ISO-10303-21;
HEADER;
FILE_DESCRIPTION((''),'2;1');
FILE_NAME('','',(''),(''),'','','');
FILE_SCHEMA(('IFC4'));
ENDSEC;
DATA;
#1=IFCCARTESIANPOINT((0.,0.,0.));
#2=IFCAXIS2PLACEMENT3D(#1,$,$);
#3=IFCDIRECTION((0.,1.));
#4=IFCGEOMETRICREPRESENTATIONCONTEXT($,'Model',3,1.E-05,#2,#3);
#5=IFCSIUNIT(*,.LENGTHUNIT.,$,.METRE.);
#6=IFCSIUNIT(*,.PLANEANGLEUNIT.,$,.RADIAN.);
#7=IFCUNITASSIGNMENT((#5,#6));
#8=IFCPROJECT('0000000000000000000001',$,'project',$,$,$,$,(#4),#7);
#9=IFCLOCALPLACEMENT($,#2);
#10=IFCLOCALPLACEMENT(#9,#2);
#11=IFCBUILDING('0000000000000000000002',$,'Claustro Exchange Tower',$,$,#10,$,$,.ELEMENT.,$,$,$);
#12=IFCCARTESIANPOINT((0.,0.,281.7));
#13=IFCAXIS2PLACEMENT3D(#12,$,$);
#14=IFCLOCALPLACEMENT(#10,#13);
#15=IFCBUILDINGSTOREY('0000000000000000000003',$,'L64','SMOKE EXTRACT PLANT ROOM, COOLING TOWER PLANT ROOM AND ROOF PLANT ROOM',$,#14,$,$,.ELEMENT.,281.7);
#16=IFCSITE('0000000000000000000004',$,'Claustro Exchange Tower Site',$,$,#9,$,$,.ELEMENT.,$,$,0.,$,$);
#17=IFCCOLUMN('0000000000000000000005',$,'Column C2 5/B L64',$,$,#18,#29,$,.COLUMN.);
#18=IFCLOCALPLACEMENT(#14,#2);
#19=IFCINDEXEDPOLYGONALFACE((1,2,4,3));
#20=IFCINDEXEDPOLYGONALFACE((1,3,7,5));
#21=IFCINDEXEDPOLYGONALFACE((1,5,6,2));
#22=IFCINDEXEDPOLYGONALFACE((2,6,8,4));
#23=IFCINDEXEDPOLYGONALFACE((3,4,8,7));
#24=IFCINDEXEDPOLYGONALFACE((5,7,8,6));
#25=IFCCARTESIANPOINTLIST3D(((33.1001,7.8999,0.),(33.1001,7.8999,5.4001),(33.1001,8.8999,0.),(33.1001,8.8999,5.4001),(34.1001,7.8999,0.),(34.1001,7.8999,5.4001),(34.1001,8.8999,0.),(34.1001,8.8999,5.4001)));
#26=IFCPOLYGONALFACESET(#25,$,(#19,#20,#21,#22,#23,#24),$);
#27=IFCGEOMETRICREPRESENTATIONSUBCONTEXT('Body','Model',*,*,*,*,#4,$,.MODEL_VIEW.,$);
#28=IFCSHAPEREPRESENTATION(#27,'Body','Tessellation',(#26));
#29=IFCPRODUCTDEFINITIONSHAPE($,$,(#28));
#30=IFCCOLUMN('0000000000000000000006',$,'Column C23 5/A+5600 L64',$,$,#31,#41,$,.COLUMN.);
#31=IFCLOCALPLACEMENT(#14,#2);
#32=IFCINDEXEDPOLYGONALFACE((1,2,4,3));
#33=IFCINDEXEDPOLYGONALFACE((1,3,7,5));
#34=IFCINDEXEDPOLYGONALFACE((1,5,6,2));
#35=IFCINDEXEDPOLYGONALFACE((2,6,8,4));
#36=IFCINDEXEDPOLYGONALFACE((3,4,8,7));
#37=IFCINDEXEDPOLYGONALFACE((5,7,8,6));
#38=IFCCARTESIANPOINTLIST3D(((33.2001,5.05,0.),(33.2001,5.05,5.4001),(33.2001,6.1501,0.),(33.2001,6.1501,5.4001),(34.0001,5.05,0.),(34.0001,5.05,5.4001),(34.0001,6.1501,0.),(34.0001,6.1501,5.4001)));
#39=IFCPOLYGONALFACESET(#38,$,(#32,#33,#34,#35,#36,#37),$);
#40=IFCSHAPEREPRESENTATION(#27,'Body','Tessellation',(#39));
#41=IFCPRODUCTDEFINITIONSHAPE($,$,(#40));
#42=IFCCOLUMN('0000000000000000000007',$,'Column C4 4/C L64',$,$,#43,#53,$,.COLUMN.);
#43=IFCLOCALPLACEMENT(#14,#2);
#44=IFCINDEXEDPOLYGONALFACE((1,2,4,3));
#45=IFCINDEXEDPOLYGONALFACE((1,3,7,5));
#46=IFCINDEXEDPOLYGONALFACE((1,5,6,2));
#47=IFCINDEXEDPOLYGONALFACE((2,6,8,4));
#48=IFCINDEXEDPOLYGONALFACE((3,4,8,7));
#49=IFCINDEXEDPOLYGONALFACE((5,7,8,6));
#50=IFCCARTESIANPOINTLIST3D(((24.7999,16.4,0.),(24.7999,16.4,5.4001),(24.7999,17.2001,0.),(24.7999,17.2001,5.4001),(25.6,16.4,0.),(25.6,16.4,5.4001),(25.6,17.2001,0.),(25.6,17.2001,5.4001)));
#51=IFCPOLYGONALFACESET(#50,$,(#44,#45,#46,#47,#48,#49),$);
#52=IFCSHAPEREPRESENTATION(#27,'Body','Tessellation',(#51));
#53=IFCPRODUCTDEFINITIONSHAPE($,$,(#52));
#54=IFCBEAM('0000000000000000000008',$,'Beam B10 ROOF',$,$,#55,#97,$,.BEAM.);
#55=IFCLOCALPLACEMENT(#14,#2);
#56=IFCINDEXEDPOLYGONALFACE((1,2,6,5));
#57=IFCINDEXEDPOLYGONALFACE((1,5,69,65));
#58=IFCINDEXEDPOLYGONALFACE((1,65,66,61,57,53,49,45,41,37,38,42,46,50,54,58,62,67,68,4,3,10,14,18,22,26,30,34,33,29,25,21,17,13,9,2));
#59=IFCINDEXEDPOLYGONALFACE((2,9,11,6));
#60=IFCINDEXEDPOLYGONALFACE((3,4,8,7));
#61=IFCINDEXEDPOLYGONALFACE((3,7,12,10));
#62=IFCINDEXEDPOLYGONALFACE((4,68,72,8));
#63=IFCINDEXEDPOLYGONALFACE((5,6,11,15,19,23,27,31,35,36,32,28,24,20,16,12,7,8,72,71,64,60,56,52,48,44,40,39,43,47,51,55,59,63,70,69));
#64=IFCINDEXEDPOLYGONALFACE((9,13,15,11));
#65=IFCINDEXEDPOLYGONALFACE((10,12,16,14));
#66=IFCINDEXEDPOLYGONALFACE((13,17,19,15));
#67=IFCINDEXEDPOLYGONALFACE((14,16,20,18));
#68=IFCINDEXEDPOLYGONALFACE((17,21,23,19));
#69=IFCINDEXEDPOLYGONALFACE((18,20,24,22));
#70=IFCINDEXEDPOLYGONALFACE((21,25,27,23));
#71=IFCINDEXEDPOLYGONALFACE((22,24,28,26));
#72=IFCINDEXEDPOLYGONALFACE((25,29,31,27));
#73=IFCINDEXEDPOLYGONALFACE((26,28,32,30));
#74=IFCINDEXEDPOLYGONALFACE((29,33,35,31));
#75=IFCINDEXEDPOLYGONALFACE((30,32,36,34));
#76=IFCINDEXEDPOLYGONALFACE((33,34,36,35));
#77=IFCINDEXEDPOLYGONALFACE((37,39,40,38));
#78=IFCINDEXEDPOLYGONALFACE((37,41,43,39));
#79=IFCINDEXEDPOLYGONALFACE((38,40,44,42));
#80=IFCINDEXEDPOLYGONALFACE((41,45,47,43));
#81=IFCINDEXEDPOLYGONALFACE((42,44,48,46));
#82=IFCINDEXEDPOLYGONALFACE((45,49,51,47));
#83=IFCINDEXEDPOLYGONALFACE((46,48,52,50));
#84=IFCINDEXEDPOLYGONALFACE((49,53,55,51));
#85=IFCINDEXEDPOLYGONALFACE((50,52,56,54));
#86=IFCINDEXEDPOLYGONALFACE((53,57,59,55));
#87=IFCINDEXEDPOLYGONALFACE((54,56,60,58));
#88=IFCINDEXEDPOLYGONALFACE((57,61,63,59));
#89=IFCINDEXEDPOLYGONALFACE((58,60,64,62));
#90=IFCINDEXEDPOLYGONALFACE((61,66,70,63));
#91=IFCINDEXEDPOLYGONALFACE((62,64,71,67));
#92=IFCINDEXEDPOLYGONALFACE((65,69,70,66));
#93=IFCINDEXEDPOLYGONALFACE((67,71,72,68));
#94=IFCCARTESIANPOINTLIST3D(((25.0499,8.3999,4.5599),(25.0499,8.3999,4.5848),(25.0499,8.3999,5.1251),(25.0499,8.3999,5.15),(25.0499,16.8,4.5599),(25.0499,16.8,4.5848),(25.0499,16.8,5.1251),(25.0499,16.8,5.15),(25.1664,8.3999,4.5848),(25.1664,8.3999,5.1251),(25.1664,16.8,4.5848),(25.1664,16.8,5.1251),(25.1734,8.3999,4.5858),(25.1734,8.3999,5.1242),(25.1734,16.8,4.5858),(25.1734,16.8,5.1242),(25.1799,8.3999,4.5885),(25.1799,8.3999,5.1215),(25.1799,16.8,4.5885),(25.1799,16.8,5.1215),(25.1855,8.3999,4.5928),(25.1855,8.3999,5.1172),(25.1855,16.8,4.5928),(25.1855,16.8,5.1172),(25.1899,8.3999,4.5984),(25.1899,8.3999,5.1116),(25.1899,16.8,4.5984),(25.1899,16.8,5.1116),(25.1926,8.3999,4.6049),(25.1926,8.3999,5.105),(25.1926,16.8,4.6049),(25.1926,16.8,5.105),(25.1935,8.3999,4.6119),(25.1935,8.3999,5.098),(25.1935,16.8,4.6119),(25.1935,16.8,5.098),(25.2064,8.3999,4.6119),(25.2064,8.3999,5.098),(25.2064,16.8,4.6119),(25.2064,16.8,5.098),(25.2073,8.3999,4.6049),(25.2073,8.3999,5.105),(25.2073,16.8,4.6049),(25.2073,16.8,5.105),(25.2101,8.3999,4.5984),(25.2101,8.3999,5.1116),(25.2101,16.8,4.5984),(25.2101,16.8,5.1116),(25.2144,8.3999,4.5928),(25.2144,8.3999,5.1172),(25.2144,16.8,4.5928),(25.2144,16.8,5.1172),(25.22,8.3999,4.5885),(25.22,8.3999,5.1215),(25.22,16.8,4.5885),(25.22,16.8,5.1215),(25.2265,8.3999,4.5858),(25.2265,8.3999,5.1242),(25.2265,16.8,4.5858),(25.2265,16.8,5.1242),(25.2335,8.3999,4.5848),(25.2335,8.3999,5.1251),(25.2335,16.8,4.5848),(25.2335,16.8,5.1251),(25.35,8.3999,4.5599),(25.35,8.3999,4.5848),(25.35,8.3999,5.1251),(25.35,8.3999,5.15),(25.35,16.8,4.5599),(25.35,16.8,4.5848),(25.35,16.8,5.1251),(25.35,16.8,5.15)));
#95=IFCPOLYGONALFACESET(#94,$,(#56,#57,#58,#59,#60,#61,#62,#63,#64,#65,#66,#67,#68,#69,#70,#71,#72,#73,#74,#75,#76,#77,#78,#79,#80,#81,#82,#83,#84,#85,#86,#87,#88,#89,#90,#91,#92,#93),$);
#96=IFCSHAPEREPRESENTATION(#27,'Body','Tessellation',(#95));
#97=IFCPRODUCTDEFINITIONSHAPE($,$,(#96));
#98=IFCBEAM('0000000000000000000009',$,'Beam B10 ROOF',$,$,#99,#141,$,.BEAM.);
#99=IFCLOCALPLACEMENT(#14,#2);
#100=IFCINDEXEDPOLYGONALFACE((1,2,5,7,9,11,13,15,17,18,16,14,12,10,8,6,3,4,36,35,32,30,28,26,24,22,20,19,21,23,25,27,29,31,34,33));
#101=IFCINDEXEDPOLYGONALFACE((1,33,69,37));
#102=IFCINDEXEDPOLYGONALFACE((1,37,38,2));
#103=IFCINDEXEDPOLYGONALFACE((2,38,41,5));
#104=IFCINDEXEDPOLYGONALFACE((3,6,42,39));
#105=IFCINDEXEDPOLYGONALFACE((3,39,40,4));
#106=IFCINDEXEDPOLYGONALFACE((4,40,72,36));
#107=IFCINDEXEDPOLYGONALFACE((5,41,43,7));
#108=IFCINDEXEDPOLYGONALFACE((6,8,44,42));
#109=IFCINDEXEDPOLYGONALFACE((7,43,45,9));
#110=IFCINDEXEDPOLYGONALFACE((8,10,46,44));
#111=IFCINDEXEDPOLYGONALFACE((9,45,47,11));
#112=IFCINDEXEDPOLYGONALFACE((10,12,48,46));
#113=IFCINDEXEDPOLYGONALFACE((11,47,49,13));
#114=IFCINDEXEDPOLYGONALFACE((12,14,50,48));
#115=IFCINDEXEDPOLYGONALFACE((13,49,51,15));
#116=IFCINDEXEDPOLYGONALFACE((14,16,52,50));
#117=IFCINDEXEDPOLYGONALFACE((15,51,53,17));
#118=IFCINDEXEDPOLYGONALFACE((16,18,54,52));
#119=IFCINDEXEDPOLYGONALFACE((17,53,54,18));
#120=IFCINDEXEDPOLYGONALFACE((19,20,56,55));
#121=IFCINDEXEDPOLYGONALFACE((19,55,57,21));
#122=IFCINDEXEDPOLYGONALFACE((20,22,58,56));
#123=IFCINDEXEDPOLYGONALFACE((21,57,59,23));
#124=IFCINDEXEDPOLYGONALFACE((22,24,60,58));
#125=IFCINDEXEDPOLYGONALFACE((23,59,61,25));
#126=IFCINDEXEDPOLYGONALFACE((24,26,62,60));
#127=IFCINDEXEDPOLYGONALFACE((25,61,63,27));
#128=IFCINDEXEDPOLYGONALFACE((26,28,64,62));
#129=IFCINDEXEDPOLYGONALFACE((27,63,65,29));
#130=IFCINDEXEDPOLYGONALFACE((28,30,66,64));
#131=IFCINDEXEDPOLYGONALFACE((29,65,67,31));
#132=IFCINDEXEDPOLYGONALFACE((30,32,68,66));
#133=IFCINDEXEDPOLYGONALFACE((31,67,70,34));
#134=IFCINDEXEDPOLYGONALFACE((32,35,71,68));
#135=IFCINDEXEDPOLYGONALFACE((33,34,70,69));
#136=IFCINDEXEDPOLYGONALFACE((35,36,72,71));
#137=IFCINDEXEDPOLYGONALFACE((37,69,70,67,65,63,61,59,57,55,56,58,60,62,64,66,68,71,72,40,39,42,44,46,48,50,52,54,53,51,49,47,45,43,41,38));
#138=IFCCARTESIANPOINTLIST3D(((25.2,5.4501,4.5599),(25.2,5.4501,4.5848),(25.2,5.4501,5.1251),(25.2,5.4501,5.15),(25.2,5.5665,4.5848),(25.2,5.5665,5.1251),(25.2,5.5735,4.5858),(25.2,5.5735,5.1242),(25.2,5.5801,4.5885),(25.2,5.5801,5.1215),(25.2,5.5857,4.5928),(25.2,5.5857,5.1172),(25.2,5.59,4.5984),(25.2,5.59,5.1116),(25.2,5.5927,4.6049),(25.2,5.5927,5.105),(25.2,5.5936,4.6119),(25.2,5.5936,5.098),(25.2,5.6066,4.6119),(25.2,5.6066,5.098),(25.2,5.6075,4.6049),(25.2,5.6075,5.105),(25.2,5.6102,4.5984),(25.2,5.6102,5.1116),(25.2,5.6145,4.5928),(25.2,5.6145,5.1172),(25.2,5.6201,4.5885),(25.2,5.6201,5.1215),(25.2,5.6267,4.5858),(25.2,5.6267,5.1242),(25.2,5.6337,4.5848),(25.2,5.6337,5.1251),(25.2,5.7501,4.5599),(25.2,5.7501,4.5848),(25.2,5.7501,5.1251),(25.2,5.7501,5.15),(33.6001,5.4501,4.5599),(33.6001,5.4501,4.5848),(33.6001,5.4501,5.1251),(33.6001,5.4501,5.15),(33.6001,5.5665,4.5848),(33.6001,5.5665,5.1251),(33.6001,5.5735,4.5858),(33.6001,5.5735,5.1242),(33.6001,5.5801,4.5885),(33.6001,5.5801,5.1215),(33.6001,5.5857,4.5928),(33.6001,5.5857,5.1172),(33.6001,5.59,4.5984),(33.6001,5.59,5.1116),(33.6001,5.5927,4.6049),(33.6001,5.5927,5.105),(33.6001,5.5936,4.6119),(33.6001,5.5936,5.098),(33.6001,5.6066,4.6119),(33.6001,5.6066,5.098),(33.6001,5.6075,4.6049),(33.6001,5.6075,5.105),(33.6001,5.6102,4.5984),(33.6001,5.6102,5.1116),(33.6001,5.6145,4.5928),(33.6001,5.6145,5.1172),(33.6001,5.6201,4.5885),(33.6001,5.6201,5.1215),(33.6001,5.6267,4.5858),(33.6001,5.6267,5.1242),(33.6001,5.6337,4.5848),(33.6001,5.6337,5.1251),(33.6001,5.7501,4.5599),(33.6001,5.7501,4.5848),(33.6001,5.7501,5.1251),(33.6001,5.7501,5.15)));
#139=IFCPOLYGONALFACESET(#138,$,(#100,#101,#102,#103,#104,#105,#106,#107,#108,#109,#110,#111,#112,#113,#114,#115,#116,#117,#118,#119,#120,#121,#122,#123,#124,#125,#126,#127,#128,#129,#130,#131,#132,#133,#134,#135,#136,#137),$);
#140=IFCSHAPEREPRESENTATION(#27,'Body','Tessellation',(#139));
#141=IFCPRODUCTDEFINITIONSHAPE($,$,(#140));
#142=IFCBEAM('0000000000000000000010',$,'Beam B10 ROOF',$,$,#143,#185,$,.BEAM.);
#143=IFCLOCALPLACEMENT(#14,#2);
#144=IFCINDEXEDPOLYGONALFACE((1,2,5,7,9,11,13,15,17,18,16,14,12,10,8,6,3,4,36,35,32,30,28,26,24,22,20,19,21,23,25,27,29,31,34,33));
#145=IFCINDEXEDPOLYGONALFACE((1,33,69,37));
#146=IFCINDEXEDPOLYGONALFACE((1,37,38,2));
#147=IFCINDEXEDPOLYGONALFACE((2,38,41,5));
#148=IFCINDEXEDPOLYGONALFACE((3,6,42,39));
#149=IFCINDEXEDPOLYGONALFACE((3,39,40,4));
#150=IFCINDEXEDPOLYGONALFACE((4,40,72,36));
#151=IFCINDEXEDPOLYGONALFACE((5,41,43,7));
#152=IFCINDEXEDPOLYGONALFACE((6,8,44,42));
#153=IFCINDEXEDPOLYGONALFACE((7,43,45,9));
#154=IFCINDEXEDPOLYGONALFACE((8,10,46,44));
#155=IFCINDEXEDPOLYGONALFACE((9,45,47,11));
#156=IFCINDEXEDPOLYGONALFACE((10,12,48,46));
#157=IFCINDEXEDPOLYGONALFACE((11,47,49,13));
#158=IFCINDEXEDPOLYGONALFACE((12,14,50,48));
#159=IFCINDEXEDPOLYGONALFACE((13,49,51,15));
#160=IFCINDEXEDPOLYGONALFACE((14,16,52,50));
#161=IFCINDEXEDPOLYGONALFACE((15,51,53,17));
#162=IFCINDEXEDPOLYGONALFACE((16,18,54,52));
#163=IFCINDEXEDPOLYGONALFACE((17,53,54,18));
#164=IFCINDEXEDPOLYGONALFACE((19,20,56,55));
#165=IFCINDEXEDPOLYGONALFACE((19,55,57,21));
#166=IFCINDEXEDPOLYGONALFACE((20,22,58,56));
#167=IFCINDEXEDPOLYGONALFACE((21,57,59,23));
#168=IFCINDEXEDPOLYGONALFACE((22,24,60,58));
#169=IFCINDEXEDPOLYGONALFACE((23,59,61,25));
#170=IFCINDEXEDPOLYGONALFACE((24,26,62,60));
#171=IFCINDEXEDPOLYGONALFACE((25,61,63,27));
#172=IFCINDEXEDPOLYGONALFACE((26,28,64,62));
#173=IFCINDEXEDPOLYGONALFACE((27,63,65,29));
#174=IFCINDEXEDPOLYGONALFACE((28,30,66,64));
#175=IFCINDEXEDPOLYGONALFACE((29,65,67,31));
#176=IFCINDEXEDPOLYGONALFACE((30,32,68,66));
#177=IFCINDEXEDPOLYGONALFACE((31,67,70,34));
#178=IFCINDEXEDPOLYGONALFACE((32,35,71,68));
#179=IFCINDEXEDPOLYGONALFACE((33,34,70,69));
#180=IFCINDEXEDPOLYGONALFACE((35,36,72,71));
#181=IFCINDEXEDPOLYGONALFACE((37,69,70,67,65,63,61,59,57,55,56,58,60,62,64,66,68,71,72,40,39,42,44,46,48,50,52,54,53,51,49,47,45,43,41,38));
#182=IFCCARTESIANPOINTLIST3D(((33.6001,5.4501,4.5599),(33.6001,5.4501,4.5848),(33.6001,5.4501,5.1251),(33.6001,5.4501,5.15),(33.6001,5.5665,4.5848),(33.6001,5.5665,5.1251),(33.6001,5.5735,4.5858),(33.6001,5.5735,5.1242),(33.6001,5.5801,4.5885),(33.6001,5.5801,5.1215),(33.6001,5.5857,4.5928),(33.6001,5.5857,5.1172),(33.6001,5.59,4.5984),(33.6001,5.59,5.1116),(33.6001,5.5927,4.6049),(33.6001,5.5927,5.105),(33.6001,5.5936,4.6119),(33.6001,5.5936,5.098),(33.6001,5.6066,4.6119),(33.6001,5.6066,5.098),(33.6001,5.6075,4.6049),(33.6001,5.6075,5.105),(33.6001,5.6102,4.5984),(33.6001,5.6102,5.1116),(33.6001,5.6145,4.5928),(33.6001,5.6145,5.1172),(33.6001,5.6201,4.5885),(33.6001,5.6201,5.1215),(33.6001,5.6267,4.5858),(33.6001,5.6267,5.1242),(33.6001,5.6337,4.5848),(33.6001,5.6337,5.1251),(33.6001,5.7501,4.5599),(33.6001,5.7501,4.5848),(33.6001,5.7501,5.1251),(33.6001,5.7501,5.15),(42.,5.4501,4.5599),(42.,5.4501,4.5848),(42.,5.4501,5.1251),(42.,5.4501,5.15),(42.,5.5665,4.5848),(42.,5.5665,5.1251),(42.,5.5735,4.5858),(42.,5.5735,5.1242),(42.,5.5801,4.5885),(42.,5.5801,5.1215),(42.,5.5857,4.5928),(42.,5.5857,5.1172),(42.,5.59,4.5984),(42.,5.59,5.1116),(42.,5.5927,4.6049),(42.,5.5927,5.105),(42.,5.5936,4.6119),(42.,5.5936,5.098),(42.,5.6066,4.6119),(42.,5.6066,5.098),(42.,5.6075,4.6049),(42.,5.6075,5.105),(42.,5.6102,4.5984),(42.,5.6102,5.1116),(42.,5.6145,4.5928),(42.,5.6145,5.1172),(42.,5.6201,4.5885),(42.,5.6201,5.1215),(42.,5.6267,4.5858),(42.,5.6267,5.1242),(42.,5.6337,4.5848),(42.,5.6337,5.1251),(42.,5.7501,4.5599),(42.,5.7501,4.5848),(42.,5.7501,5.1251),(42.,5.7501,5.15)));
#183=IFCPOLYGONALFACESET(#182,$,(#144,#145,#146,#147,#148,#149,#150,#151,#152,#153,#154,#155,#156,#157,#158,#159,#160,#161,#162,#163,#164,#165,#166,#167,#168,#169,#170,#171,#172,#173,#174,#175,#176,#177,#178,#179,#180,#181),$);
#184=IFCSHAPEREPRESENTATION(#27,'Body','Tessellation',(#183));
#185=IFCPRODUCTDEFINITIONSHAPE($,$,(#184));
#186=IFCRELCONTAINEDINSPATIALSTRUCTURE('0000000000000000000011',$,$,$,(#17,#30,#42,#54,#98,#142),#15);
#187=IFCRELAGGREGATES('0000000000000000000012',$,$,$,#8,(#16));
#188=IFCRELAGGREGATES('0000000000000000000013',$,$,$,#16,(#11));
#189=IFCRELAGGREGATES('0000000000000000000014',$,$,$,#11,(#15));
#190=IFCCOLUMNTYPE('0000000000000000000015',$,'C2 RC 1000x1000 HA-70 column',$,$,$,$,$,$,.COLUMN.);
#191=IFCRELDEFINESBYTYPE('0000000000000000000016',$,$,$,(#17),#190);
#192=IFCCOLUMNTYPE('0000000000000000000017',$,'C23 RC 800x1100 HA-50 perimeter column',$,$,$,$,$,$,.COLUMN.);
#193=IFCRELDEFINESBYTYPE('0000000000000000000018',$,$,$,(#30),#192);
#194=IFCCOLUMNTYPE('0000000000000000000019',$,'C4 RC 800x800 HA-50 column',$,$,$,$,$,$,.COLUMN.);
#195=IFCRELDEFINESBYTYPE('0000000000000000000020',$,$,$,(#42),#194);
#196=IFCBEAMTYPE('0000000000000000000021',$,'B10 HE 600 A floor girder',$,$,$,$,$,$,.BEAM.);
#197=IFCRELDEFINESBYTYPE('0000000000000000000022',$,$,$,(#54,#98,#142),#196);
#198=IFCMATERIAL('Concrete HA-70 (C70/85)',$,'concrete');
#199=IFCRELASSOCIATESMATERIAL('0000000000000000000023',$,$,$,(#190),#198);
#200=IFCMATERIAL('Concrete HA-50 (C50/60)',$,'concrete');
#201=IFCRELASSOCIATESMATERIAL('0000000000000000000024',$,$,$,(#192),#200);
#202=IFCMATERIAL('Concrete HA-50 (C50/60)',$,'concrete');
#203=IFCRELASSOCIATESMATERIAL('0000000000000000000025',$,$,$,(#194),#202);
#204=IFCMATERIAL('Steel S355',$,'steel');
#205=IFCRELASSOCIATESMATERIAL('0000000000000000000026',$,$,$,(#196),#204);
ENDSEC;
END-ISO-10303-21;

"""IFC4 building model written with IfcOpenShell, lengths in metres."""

from ifc_helpers import new_model, si_unit, direction, frame, origin, origin_2d, place, context, subcontext, project, spatial, rectangle, i_section, extrude, material, material_profile, profile_set, type_object, element, save


model = new_model("IFC4")

# Units and contexts
model_context = context("Model", 3, precision=1e-05, world=origin(), true_north=direction((0.0, 1.0)))
body_context = subcontext(model_context, "Body", "Model", "MODEL_VIEW")
ifc_project = project(units=[si_unit("LENGTHUNIT", "METRE"), si_unit("PLANEANGLEUNIT", "RADIAN")], contexts=[model_context])

# Site, building, storey
site_placement = place(None, origin())
site = spatial("IfcSite", under=ifc_project, at=site_placement, Name="Claustro Exchange Tower Site", CompositionType="ELEMENT", RefElevation=0.0)
building_placement = place(site_placement, origin())
building = spatial("IfcBuilding", under=site, at=building_placement, Name="Claustro Exchange Tower", CompositionType="ELEMENT")
storey_placement = place(building_placement, frame((0.0, 0.0, 281.7)))
storey = spatial("IfcBuildingStorey", under=building, at=storey_placement, Name="L64", Description="SMOKE EXTRACT PLANT ROOM, COOLING TOWER PLANT ROOM AND ROOF PLANT ROOM", CompositionType="ELEMENT", Elevation=281.7)

# Columns
ifc_material_1 = material(Name="Concrete HA-70 (C70/85)", Category="concrete")
ifc_material_profile_1 = material_profile(ifc_material_1, rectangle(XDim=1.0, YDim=1.0, at=origin_2d()), Name="RC 1000x1000")
ifc_profile_set_1 = profile_set([ifc_material_profile_1], Name="Concrete HA-70 (C70/85)")
column_type_1 = type_object("IfcColumnType", Name="C2 RC 1000x1000 HA-70 column", PredefinedType="COLUMN", material=ifc_profile_set_1)
column_1_placement = place(storey_placement, frame((33.6001, 8.3999, 0.0), z_axis=(0.0, 0.0, 1.0), x_axis=(1.0, 0.0, 0.0)))
element("IfcColumn", 1, at=column_1_placement, inside=storey, type_object=column_type_1, Name="Column C2 5/B L64", PredefinedType="COLUMN", context=body_context, shape_type="SweptSolid", body=[
    extrude(rectangle(XDim=1.0, YDim=1.0, at=origin_2d()), origin(), (0.0, 0.0, 1.0), 5.4001),
])
ifc_material_2 = material(Name="Concrete HA-50 (C50/60)", Category="concrete")
ifc_material_profile_2 = material_profile(ifc_material_2, rectangle(XDim=0.8, YDim=1.1001, at=origin_2d()), Name="RC 800x1100")
ifc_profile_set_2 = profile_set([ifc_material_profile_2], Name="Concrete HA-50 (C50/60)")
column_type_2 = type_object("IfcColumnType", Name="C23 RC 800x1100 HA-50 perimeter column", PredefinedType="COLUMN", material=ifc_profile_set_2)
column_2_placement = place(storey_placement, frame((33.6001, 5.6001, 0.0), z_axis=(0.0, 0.0, 1.0), x_axis=(1.0, 0.0, 0.0)))
element("IfcColumn", 2, at=column_2_placement, inside=storey, type_object=column_type_2, Name="Column C23 5/A+5600 L64", PredefinedType="COLUMN", context=body_context, shape_type="SweptSolid", body=[
    extrude(rectangle(XDim=0.8, YDim=1.1001, at=origin_2d()), origin(), (0.0, 0.0, 1.0), 5.4001),
])
ifc_material_3 = material(Name="Concrete HA-50 (C50/60)", Category="concrete")
ifc_material_profile_3 = material_profile(ifc_material_3, rectangle(XDim=0.8, YDim=0.8, at=origin_2d()), Name="RC 800x800")
ifc_profile_set_3 = profile_set([ifc_material_profile_3], Name="Concrete HA-50 (C50/60)")
column_type_3 = type_object("IfcColumnType", Name="C4 RC 800x800 HA-50 column", PredefinedType="COLUMN", material=ifc_profile_set_3)
column_3_placement = place(storey_placement, frame((25.2, 16.8, 0.0), z_axis=(0.0, 0.0, 1.0), x_axis=(1.0, 0.0, 0.0)))
element("IfcColumn", 3, at=column_3_placement, inside=storey, type_object=column_type_3, Name="Column C4 4/C L64", PredefinedType="COLUMN", context=body_context, shape_type="SweptSolid", body=[
    extrude(rectangle(XDim=0.8, YDim=0.8, at=origin_2d()), origin(), (0.0, 0.0, 1.0), 5.4001),
])

# Beams
ifc_material_4 = material(Name="Steel S355", Category="steel")
ifc_material_profile_4 = material_profile(ifc_material_4, i_section(OverallWidth=0.3, OverallDepth=0.5901, WebThickness=0.0129, FlangeThickness=0.0249, FilletRadius=0.0271, at=origin_2d()), Name="HE 600 A")
ifc_profile_set_4 = profile_set([ifc_material_profile_4], Name="Steel S355")
beam_type_1 = type_object("IfcBeamType", Name="B10 HE 600 A floor girder", PredefinedType="BEAM", material=ifc_profile_set_4)
for number, where, z_axis, x_axis, name in (
    (4, (25.2, 8.3999, 4.855), (0.0, 1.0, 0.0), (-1.0, 0.0, 0.0), "Beam B10 ROOF"),
    (5, (25.2, 5.6001, 4.855), (1.0, 0.0, 0.0), (0.0, 1.0, 0.0), "Beam B10 ROOF"),
):
    element("IfcBeam", number, at=place(storey_placement, frame(where, z_axis=z_axis, x_axis=x_axis)), inside=storey, type_object=beam_type_1, Name=name, PredefinedType="BEAM", context=body_context, shape_type="SweptSolid", body=[
        extrude(i_section(OverallWidth=0.3, OverallDepth=0.5901, WebThickness=0.0129, FlangeThickness=0.0249, FilletRadius=0.0271, at=origin_2d()), origin(), (0.0, 0.0, 1.0), 8.4001),
    ])
beam_1_placement = place(storey_placement, frame((33.6001, 5.6001, 4.855), z_axis=(1.0, 0.0, 0.0), x_axis=(0.0, 1.0, 0.0)))
element("IfcBeam", 6, at=beam_1_placement, inside=storey, type_object=beam_type_1, Name="Beam B10 ROOF", PredefinedType="BEAM", context=body_context, shape_type="SweptSolid", body=[
    extrude(i_section(OverallWidth=0.3, OverallDepth=0.5901, WebThickness=0.0129, FlangeThickness=0.0249, FilletRadius=0.0271, at=origin_2d()), origin(), (0.0, 0.0, 1.0), 8.3999),
])

save(model, "model.ifc")
